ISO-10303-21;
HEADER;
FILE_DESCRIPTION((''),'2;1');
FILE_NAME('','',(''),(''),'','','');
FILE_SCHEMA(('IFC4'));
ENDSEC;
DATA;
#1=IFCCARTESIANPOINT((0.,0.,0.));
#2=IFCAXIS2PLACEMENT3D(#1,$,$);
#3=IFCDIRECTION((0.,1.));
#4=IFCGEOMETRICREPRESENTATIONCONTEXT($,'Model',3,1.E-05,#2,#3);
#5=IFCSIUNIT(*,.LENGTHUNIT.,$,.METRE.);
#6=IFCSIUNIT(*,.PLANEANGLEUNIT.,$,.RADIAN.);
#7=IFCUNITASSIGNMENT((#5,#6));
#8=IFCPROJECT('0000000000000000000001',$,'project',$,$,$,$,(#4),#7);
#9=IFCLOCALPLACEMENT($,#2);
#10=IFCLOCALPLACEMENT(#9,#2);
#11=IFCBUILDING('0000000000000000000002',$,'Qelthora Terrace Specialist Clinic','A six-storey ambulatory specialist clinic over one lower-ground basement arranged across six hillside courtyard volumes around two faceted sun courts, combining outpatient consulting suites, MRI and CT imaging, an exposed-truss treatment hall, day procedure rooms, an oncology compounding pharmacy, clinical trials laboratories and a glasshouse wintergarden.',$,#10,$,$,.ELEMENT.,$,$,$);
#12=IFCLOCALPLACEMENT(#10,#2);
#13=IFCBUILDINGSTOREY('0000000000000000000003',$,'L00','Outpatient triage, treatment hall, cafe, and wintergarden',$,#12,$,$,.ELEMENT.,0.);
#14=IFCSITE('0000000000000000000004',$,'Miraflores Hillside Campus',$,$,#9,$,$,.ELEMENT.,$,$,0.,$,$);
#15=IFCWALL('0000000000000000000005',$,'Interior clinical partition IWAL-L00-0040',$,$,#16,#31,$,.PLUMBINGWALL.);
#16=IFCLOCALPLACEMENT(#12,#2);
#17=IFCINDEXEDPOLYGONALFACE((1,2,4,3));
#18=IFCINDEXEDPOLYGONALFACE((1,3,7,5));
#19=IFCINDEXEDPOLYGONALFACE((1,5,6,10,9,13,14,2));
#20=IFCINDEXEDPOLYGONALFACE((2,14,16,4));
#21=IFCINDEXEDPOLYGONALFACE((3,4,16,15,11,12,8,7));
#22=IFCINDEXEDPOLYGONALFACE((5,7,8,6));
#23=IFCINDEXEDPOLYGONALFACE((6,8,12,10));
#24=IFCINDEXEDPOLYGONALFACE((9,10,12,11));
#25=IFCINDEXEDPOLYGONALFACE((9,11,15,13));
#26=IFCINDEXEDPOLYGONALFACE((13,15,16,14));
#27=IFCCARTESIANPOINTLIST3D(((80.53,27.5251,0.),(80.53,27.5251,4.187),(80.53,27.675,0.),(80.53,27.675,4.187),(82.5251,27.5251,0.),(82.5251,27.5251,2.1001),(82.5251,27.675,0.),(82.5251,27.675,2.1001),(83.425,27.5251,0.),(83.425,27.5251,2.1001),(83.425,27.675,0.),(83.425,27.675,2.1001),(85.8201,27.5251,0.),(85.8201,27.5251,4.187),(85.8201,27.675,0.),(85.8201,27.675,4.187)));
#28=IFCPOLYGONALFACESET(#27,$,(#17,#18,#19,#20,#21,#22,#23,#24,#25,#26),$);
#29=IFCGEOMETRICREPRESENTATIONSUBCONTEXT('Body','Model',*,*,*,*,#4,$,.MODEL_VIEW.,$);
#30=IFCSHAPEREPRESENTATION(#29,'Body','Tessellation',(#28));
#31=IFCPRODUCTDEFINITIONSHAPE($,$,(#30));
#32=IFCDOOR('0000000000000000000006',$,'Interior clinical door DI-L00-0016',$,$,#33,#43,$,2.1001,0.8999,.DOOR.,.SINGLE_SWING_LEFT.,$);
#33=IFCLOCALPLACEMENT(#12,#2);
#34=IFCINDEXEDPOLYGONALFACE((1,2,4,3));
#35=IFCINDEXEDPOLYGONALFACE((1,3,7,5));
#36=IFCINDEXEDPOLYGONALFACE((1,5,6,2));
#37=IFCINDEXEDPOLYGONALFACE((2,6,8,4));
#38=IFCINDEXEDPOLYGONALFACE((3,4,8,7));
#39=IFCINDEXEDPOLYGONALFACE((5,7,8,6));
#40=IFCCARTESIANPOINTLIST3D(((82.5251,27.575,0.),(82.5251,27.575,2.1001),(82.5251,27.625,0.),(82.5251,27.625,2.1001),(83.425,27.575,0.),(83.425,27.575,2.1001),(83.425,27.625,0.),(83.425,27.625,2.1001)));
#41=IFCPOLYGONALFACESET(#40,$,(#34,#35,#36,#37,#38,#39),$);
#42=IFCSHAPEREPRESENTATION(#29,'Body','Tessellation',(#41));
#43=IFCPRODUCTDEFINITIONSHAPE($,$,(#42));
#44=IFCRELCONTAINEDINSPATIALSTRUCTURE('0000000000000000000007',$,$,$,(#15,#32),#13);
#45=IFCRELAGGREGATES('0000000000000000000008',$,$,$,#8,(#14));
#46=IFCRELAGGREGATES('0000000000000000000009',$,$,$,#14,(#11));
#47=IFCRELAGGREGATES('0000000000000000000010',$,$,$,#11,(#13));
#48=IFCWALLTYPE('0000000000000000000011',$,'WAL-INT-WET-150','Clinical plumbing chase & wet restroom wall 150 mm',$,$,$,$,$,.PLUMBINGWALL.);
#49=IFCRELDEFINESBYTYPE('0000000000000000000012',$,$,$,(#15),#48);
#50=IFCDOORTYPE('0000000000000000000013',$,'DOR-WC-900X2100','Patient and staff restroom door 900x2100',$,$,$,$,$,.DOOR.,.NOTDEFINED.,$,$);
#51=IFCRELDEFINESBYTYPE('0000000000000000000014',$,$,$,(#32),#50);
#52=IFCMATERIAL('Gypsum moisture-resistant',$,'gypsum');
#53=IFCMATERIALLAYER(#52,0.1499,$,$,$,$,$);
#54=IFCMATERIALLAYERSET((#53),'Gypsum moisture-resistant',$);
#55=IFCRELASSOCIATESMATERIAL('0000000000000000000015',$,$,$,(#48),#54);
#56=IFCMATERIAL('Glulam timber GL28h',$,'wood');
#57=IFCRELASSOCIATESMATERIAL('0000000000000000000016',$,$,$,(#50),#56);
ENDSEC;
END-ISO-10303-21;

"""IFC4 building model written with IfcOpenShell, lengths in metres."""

from ifc_helpers import new_model, si_unit, direction, frame, frame_2d, origin, place, context, subcontext, project, spatial, rectangle, extrude, material, layer, layer_set, type_object, element, fill, save


model = new_model("IFC4")

# Units and contexts
model_context = context("Model", 3, precision=1e-05, world=origin(), true_north=direction((0.0, 1.0)))
body_context = subcontext(model_context, "Body", "Model", "MODEL_VIEW")
ifc_project = project(units=[si_unit("LENGTHUNIT", "METRE"), si_unit("PLANEANGLEUNIT", "RADIAN")], contexts=[model_context])

# Site, building, storey
site_placement = place(None, origin())
site = spatial("IfcSite", under=ifc_project, at=site_placement, Name="Miraflores Hillside Campus", CompositionType="ELEMENT", RefElevation=0.0)
building_placement = place(site_placement, origin())
building = spatial("IfcBuilding", under=site, at=building_placement, Name="Qelthora Terrace Specialist Clinic", Description="A six-storey ambulatory specialist clinic over one lower-ground basement arranged across six hillside courtyard volumes around two faceted sun courts, combining outpatient consulting suites, MRI and CT imaging, an exposed-truss treatment hall, day procedure rooms, an oncology compounding pharmacy, clinical trials laboratories and a glasshouse wintergarden.", CompositionType="ELEMENT")
storey_placement = place(building_placement, origin())
storey = spatial("IfcBuildingStorey", under=building, at=storey_placement, Name="L00", Description="Outpatient triage, treatment hall, cafe, and wintergarden", CompositionType="ELEMENT", Elevation=0.0)

# Shared definitions
ifc_material_1 = material(Name="Glulam timber GL28h", Category="wood")

# Shared definitions
ifc_material_2 = material(Name="Gypsum moisture-resistant", Category="gypsum")
ifc_layer_1 = layer(ifc_material_2, 0.1499)
ifc_layer_set_1 = layer_set([ifc_layer_1], Name="Gypsum moisture-resistant")
wall_type_1 = type_object("IfcWallType", Name="WAL-INT-WET-150", Description="Clinical plumbing chase & wet restroom wall 150 mm", PredefinedType="PLUMBINGWALL", material=ifc_layer_set_1)

# Wall, opening, door
wall_1_placement = place(storey_placement, frame((85.8201, 27.6001, 0.0), z_axis=(0.0, 0.0, 1.0), x_axis=(-1.0, 0.0, 0.0)))
wall_1 = element("IfcWall", 1, at=wall_1_placement, inside=storey, type_object=wall_type_1, Name="Interior clinical partition IWAL-L00-0040", PredefinedType="PLUMBINGWALL", context=body_context, shape_type="SweptSolid", body=[
    extrude(rectangle(XDim=5.29, YDim=0.1499, at=frame_2d((2.645, 0.0))), origin(), (0.0, 0.0, 1.0), 4.187),
])
opening_1_placement = place(wall_1_placement, frame((2.395, 0.0, 0.0)))
opening_1 = element("IfcOpeningElement", 2, at=opening_1_placement, cuts=wall_1, PredefinedType="OPENING", context=body_context, shape_type="SweptSolid", body=[
    extrude(rectangle(XDim=0.8999, YDim=2.1001, at=frame_2d((0.45, 1.05))), frame((0.0, 0.085, 0.0), z_axis=(0.0, -1.0, 0.0), x_axis=(1.0, 0.0, 0.0)), (0.0, 0.0, 1.0), 0.1699),
])
door_type_1 = type_object("IfcDoorType", Name="DOR-WC-900X2100", Description="Patient and staff restroom door 900x2100", OperationType="NOTDEFINED", PredefinedType="DOOR", material=ifc_material_1)
door_1_placement = place(opening_1_placement, frame((0.8999, 0.0, 0.0), z_axis=(0.0, 0.0, 1.0), x_axis=(-1.0, 0.0, 0.0)))
door_1 = element("IfcDoor", 3, at=door_1_placement, inside=storey, type_object=door_type_1, Name="Interior clinical door DI-L00-0016", OperationType="SINGLE_SWING_LEFT", OverallHeight=2.1001, OverallWidth=0.8999, PredefinedType="DOOR", context=body_context, shape_type="SweptSolid", body=[
    extrude(rectangle(XDim=0.8999, YDim=2.1001, at=frame_2d((0.45, 1.05))), frame((0.0, 0.0249, 0.0), z_axis=(0.0, -1.0, 0.0), x_axis=(1.0, 0.0, 0.0)), (0.0, 0.0, 1.0), 0.05),
])
fill(opening_1, door_1)

save(model, "model.ifc")
